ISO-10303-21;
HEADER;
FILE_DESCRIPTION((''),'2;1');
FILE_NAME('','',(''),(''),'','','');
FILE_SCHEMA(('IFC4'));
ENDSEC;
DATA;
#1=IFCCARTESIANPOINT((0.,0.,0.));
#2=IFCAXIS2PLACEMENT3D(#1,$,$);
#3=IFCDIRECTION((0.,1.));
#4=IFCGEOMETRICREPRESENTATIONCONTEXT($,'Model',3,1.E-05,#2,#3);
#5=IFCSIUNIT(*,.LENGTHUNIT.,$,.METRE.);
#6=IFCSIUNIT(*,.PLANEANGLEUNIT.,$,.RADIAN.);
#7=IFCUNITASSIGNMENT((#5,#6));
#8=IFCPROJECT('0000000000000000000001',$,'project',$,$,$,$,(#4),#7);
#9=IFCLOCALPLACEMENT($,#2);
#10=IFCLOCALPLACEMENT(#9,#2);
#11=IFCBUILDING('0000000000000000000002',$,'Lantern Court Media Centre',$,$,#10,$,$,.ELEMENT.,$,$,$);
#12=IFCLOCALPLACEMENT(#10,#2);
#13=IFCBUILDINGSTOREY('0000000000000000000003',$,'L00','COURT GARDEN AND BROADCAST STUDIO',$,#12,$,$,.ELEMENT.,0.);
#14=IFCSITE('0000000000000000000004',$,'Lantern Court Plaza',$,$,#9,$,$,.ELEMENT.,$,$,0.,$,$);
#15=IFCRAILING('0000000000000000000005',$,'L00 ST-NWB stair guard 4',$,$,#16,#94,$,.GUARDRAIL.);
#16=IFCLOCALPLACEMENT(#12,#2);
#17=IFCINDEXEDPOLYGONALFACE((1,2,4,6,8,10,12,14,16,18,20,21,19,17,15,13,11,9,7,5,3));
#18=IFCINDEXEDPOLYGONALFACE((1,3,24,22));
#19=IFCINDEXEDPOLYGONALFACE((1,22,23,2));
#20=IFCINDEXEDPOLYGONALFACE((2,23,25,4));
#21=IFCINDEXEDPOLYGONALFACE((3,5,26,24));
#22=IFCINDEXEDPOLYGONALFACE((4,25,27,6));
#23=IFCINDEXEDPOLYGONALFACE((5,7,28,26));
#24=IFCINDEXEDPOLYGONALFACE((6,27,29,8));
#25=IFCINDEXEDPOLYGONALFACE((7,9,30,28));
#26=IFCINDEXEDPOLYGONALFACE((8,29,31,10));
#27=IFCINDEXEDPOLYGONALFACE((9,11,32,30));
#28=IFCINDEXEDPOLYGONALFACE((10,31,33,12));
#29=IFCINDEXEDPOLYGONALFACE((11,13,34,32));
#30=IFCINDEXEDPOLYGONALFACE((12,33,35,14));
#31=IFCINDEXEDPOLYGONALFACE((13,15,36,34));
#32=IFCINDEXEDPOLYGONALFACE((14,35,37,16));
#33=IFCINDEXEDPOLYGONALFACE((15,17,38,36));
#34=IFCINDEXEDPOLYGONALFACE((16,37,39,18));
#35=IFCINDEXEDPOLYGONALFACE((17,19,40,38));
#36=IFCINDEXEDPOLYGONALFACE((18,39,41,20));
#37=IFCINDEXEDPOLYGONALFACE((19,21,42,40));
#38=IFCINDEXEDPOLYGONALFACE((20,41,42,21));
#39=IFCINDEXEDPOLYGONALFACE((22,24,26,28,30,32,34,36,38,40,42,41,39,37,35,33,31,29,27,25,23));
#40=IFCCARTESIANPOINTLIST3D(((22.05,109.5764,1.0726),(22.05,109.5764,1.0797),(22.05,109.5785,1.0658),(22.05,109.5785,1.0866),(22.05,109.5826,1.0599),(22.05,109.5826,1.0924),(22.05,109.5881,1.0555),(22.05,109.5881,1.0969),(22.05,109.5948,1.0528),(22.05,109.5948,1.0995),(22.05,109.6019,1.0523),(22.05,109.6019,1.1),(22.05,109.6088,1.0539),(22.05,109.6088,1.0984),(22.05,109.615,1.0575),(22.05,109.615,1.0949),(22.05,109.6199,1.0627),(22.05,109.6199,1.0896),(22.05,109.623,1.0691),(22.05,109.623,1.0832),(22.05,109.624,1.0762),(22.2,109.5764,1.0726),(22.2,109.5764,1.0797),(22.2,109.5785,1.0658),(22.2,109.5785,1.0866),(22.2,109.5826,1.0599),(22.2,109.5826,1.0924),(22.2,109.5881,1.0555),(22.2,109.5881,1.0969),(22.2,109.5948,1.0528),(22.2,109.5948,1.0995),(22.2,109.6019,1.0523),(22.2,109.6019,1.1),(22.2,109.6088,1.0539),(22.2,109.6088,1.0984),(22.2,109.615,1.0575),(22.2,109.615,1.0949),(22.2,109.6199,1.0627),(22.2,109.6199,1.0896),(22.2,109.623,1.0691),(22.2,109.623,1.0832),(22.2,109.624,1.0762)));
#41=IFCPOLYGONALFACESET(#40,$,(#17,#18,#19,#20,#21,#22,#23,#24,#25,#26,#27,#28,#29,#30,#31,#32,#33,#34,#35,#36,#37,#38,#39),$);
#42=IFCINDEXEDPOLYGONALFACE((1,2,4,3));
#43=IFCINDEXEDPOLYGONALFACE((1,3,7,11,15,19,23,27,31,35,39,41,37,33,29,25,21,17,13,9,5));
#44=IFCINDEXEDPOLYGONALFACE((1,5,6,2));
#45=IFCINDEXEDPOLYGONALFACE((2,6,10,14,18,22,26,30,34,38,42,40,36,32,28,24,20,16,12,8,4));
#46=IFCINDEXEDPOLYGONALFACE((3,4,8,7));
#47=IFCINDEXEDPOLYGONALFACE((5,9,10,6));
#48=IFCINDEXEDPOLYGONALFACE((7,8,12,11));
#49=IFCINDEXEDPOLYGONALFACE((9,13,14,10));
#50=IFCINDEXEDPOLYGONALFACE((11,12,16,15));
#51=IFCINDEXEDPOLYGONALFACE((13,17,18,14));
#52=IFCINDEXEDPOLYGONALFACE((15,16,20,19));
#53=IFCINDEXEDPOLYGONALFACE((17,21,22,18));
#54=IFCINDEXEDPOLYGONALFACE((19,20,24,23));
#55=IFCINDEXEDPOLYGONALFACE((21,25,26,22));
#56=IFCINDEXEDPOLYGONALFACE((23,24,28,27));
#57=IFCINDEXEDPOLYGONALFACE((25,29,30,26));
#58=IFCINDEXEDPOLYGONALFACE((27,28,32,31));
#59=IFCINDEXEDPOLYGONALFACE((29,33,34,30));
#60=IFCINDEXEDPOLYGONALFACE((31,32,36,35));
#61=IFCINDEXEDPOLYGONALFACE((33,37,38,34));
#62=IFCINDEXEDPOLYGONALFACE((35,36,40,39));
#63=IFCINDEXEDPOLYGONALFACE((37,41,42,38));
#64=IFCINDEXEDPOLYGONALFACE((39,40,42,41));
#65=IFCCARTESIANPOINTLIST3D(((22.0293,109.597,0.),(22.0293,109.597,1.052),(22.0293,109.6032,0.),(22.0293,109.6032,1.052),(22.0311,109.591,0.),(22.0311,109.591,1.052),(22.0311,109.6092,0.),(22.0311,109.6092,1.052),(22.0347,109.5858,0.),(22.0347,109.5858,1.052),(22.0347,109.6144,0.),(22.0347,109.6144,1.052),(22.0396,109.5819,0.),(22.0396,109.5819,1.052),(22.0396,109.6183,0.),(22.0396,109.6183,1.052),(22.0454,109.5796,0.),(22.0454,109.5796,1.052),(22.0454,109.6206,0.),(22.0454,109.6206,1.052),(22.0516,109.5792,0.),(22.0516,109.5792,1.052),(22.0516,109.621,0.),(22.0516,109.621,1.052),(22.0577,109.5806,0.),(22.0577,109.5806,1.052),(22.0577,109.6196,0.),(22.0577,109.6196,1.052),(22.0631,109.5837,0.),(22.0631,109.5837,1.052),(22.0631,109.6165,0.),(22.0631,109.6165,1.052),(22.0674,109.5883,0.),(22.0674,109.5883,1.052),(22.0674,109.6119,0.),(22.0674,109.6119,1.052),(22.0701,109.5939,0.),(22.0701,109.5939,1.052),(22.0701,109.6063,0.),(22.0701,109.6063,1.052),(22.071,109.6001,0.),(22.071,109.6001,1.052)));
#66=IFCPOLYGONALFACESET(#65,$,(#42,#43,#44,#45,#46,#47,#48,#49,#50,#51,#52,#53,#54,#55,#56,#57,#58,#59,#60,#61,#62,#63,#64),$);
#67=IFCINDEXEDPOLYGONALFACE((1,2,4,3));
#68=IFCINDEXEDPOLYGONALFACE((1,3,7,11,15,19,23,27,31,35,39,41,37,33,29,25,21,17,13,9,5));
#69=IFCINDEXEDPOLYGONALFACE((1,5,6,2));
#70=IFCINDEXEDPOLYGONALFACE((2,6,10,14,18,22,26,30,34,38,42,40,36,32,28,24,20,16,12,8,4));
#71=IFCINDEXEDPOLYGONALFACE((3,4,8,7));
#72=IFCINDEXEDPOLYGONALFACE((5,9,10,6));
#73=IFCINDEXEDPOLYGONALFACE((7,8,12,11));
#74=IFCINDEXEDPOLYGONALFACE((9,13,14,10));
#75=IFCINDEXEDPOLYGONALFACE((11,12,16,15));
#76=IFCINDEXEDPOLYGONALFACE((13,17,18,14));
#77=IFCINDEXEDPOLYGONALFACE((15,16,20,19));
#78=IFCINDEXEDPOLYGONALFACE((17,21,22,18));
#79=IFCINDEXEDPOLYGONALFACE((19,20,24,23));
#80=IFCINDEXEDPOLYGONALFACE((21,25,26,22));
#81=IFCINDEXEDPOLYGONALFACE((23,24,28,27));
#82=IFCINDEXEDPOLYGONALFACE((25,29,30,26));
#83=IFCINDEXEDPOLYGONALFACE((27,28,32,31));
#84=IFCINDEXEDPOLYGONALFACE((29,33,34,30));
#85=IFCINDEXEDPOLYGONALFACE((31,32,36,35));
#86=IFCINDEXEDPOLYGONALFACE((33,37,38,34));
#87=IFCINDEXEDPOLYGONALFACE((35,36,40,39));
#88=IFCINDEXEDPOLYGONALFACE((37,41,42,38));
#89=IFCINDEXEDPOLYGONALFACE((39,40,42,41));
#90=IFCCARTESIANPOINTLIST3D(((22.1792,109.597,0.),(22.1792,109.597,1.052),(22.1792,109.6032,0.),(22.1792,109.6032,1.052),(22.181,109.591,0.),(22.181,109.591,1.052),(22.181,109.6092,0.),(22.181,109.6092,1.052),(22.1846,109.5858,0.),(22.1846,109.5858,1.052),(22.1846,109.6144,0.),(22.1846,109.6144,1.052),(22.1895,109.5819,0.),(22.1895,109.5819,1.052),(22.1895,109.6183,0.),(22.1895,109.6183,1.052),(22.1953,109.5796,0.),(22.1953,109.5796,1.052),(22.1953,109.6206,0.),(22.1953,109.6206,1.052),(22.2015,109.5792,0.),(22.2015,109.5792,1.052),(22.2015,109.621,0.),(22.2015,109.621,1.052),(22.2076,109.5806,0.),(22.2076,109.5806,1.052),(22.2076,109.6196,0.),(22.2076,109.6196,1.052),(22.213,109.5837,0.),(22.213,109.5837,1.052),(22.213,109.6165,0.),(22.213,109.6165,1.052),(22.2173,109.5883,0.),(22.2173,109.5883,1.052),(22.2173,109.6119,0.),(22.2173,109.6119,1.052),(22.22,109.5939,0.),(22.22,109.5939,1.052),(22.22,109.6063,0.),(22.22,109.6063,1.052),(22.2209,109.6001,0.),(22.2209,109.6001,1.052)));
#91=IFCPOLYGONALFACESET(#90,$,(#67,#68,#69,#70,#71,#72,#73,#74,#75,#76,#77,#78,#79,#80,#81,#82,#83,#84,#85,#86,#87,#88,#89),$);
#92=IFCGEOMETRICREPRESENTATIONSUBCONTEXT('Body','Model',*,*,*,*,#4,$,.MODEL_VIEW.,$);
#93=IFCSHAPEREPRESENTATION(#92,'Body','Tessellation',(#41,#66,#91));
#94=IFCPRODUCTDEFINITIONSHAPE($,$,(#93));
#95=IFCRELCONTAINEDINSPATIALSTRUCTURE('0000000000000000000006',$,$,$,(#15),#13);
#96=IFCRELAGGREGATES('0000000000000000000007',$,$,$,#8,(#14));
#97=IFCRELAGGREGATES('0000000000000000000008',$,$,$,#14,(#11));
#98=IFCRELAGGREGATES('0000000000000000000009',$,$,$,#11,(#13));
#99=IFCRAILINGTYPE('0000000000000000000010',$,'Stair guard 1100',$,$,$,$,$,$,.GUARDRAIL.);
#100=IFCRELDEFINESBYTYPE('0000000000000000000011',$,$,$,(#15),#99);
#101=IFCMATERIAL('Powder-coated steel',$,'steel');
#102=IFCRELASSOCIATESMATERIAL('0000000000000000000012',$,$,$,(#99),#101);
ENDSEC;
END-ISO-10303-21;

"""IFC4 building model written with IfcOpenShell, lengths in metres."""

from ifc_helpers import new_model, si_unit, direction, frame, origin, origin_2d, place, context, subcontext, project, spatial, circle, extrude, material, type_object, element, save


model = new_model("IFC4")

# Units and contexts
model_context = context("Model", 3, precision=1e-05, world=origin(), true_north=direction((0.0, 1.0)))
body_context = subcontext(model_context, "Body", "Model", "MODEL_VIEW")
ifc_project = project(units=[si_unit("LENGTHUNIT", "METRE"), si_unit("PLANEANGLEUNIT", "RADIAN")], contexts=[model_context])

# Site, building, storey
site_placement = place(None, origin())
site = spatial("IfcSite", under=ifc_project, at=site_placement, Name="Lantern Court Plaza", CompositionType="ELEMENT", RefElevation=0.0)
building_placement = place(site_placement, origin())
building = spatial("IfcBuilding", under=site, at=building_placement, Name="Lantern Court Media Centre", CompositionType="ELEMENT")
storey_placement = place(building_placement, origin())
storey = spatial("IfcBuildingStorey", under=building, at=storey_placement, Name="L00", Description="COURT GARDEN AND BROADCAST STUDIO", CompositionType="ELEMENT", Elevation=0.0)

# Shared definitions
ifc_material_1 = material(Name="Powder-coated steel", Category="steel")

# Railing
railing_type_1 = type_object("IfcRailingType", Name="Stair guard 1100", PredefinedType="GUARDRAIL", material=ifc_material_1)
railing_1_placement = place(storey_placement, frame((22.05, 109.6001, 0.0)))
element("IfcRailing", 1, at=railing_1_placement, inside=storey, type_object=railing_type_1, Name="L00 ST-NWB stair guard 4", PredefinedType="GUARDRAIL", context=body_context, shape_type="SweptSolid", body=[
    extrude(circle(Radius=0.0239, at=origin_2d()), frame((0.0, 0.0, 1.0762), z_axis=(1.0, 0.0, 0.0), x_axis=(0.0, 1.0, 0.0)), (0.0, 0.0, 1.0), 0.1499),
    extrude(circle(Radius=0.021, at=origin_2d()), origin(), (0.0, 0.0, 1.0), 1.052),
    extrude(circle(Radius=0.021, at=origin_2d()), frame((0.1499, 0.0, 0.0)), (0.0, 0.0, 1.0), 1.052),
])

save(model, "model.ifc")
